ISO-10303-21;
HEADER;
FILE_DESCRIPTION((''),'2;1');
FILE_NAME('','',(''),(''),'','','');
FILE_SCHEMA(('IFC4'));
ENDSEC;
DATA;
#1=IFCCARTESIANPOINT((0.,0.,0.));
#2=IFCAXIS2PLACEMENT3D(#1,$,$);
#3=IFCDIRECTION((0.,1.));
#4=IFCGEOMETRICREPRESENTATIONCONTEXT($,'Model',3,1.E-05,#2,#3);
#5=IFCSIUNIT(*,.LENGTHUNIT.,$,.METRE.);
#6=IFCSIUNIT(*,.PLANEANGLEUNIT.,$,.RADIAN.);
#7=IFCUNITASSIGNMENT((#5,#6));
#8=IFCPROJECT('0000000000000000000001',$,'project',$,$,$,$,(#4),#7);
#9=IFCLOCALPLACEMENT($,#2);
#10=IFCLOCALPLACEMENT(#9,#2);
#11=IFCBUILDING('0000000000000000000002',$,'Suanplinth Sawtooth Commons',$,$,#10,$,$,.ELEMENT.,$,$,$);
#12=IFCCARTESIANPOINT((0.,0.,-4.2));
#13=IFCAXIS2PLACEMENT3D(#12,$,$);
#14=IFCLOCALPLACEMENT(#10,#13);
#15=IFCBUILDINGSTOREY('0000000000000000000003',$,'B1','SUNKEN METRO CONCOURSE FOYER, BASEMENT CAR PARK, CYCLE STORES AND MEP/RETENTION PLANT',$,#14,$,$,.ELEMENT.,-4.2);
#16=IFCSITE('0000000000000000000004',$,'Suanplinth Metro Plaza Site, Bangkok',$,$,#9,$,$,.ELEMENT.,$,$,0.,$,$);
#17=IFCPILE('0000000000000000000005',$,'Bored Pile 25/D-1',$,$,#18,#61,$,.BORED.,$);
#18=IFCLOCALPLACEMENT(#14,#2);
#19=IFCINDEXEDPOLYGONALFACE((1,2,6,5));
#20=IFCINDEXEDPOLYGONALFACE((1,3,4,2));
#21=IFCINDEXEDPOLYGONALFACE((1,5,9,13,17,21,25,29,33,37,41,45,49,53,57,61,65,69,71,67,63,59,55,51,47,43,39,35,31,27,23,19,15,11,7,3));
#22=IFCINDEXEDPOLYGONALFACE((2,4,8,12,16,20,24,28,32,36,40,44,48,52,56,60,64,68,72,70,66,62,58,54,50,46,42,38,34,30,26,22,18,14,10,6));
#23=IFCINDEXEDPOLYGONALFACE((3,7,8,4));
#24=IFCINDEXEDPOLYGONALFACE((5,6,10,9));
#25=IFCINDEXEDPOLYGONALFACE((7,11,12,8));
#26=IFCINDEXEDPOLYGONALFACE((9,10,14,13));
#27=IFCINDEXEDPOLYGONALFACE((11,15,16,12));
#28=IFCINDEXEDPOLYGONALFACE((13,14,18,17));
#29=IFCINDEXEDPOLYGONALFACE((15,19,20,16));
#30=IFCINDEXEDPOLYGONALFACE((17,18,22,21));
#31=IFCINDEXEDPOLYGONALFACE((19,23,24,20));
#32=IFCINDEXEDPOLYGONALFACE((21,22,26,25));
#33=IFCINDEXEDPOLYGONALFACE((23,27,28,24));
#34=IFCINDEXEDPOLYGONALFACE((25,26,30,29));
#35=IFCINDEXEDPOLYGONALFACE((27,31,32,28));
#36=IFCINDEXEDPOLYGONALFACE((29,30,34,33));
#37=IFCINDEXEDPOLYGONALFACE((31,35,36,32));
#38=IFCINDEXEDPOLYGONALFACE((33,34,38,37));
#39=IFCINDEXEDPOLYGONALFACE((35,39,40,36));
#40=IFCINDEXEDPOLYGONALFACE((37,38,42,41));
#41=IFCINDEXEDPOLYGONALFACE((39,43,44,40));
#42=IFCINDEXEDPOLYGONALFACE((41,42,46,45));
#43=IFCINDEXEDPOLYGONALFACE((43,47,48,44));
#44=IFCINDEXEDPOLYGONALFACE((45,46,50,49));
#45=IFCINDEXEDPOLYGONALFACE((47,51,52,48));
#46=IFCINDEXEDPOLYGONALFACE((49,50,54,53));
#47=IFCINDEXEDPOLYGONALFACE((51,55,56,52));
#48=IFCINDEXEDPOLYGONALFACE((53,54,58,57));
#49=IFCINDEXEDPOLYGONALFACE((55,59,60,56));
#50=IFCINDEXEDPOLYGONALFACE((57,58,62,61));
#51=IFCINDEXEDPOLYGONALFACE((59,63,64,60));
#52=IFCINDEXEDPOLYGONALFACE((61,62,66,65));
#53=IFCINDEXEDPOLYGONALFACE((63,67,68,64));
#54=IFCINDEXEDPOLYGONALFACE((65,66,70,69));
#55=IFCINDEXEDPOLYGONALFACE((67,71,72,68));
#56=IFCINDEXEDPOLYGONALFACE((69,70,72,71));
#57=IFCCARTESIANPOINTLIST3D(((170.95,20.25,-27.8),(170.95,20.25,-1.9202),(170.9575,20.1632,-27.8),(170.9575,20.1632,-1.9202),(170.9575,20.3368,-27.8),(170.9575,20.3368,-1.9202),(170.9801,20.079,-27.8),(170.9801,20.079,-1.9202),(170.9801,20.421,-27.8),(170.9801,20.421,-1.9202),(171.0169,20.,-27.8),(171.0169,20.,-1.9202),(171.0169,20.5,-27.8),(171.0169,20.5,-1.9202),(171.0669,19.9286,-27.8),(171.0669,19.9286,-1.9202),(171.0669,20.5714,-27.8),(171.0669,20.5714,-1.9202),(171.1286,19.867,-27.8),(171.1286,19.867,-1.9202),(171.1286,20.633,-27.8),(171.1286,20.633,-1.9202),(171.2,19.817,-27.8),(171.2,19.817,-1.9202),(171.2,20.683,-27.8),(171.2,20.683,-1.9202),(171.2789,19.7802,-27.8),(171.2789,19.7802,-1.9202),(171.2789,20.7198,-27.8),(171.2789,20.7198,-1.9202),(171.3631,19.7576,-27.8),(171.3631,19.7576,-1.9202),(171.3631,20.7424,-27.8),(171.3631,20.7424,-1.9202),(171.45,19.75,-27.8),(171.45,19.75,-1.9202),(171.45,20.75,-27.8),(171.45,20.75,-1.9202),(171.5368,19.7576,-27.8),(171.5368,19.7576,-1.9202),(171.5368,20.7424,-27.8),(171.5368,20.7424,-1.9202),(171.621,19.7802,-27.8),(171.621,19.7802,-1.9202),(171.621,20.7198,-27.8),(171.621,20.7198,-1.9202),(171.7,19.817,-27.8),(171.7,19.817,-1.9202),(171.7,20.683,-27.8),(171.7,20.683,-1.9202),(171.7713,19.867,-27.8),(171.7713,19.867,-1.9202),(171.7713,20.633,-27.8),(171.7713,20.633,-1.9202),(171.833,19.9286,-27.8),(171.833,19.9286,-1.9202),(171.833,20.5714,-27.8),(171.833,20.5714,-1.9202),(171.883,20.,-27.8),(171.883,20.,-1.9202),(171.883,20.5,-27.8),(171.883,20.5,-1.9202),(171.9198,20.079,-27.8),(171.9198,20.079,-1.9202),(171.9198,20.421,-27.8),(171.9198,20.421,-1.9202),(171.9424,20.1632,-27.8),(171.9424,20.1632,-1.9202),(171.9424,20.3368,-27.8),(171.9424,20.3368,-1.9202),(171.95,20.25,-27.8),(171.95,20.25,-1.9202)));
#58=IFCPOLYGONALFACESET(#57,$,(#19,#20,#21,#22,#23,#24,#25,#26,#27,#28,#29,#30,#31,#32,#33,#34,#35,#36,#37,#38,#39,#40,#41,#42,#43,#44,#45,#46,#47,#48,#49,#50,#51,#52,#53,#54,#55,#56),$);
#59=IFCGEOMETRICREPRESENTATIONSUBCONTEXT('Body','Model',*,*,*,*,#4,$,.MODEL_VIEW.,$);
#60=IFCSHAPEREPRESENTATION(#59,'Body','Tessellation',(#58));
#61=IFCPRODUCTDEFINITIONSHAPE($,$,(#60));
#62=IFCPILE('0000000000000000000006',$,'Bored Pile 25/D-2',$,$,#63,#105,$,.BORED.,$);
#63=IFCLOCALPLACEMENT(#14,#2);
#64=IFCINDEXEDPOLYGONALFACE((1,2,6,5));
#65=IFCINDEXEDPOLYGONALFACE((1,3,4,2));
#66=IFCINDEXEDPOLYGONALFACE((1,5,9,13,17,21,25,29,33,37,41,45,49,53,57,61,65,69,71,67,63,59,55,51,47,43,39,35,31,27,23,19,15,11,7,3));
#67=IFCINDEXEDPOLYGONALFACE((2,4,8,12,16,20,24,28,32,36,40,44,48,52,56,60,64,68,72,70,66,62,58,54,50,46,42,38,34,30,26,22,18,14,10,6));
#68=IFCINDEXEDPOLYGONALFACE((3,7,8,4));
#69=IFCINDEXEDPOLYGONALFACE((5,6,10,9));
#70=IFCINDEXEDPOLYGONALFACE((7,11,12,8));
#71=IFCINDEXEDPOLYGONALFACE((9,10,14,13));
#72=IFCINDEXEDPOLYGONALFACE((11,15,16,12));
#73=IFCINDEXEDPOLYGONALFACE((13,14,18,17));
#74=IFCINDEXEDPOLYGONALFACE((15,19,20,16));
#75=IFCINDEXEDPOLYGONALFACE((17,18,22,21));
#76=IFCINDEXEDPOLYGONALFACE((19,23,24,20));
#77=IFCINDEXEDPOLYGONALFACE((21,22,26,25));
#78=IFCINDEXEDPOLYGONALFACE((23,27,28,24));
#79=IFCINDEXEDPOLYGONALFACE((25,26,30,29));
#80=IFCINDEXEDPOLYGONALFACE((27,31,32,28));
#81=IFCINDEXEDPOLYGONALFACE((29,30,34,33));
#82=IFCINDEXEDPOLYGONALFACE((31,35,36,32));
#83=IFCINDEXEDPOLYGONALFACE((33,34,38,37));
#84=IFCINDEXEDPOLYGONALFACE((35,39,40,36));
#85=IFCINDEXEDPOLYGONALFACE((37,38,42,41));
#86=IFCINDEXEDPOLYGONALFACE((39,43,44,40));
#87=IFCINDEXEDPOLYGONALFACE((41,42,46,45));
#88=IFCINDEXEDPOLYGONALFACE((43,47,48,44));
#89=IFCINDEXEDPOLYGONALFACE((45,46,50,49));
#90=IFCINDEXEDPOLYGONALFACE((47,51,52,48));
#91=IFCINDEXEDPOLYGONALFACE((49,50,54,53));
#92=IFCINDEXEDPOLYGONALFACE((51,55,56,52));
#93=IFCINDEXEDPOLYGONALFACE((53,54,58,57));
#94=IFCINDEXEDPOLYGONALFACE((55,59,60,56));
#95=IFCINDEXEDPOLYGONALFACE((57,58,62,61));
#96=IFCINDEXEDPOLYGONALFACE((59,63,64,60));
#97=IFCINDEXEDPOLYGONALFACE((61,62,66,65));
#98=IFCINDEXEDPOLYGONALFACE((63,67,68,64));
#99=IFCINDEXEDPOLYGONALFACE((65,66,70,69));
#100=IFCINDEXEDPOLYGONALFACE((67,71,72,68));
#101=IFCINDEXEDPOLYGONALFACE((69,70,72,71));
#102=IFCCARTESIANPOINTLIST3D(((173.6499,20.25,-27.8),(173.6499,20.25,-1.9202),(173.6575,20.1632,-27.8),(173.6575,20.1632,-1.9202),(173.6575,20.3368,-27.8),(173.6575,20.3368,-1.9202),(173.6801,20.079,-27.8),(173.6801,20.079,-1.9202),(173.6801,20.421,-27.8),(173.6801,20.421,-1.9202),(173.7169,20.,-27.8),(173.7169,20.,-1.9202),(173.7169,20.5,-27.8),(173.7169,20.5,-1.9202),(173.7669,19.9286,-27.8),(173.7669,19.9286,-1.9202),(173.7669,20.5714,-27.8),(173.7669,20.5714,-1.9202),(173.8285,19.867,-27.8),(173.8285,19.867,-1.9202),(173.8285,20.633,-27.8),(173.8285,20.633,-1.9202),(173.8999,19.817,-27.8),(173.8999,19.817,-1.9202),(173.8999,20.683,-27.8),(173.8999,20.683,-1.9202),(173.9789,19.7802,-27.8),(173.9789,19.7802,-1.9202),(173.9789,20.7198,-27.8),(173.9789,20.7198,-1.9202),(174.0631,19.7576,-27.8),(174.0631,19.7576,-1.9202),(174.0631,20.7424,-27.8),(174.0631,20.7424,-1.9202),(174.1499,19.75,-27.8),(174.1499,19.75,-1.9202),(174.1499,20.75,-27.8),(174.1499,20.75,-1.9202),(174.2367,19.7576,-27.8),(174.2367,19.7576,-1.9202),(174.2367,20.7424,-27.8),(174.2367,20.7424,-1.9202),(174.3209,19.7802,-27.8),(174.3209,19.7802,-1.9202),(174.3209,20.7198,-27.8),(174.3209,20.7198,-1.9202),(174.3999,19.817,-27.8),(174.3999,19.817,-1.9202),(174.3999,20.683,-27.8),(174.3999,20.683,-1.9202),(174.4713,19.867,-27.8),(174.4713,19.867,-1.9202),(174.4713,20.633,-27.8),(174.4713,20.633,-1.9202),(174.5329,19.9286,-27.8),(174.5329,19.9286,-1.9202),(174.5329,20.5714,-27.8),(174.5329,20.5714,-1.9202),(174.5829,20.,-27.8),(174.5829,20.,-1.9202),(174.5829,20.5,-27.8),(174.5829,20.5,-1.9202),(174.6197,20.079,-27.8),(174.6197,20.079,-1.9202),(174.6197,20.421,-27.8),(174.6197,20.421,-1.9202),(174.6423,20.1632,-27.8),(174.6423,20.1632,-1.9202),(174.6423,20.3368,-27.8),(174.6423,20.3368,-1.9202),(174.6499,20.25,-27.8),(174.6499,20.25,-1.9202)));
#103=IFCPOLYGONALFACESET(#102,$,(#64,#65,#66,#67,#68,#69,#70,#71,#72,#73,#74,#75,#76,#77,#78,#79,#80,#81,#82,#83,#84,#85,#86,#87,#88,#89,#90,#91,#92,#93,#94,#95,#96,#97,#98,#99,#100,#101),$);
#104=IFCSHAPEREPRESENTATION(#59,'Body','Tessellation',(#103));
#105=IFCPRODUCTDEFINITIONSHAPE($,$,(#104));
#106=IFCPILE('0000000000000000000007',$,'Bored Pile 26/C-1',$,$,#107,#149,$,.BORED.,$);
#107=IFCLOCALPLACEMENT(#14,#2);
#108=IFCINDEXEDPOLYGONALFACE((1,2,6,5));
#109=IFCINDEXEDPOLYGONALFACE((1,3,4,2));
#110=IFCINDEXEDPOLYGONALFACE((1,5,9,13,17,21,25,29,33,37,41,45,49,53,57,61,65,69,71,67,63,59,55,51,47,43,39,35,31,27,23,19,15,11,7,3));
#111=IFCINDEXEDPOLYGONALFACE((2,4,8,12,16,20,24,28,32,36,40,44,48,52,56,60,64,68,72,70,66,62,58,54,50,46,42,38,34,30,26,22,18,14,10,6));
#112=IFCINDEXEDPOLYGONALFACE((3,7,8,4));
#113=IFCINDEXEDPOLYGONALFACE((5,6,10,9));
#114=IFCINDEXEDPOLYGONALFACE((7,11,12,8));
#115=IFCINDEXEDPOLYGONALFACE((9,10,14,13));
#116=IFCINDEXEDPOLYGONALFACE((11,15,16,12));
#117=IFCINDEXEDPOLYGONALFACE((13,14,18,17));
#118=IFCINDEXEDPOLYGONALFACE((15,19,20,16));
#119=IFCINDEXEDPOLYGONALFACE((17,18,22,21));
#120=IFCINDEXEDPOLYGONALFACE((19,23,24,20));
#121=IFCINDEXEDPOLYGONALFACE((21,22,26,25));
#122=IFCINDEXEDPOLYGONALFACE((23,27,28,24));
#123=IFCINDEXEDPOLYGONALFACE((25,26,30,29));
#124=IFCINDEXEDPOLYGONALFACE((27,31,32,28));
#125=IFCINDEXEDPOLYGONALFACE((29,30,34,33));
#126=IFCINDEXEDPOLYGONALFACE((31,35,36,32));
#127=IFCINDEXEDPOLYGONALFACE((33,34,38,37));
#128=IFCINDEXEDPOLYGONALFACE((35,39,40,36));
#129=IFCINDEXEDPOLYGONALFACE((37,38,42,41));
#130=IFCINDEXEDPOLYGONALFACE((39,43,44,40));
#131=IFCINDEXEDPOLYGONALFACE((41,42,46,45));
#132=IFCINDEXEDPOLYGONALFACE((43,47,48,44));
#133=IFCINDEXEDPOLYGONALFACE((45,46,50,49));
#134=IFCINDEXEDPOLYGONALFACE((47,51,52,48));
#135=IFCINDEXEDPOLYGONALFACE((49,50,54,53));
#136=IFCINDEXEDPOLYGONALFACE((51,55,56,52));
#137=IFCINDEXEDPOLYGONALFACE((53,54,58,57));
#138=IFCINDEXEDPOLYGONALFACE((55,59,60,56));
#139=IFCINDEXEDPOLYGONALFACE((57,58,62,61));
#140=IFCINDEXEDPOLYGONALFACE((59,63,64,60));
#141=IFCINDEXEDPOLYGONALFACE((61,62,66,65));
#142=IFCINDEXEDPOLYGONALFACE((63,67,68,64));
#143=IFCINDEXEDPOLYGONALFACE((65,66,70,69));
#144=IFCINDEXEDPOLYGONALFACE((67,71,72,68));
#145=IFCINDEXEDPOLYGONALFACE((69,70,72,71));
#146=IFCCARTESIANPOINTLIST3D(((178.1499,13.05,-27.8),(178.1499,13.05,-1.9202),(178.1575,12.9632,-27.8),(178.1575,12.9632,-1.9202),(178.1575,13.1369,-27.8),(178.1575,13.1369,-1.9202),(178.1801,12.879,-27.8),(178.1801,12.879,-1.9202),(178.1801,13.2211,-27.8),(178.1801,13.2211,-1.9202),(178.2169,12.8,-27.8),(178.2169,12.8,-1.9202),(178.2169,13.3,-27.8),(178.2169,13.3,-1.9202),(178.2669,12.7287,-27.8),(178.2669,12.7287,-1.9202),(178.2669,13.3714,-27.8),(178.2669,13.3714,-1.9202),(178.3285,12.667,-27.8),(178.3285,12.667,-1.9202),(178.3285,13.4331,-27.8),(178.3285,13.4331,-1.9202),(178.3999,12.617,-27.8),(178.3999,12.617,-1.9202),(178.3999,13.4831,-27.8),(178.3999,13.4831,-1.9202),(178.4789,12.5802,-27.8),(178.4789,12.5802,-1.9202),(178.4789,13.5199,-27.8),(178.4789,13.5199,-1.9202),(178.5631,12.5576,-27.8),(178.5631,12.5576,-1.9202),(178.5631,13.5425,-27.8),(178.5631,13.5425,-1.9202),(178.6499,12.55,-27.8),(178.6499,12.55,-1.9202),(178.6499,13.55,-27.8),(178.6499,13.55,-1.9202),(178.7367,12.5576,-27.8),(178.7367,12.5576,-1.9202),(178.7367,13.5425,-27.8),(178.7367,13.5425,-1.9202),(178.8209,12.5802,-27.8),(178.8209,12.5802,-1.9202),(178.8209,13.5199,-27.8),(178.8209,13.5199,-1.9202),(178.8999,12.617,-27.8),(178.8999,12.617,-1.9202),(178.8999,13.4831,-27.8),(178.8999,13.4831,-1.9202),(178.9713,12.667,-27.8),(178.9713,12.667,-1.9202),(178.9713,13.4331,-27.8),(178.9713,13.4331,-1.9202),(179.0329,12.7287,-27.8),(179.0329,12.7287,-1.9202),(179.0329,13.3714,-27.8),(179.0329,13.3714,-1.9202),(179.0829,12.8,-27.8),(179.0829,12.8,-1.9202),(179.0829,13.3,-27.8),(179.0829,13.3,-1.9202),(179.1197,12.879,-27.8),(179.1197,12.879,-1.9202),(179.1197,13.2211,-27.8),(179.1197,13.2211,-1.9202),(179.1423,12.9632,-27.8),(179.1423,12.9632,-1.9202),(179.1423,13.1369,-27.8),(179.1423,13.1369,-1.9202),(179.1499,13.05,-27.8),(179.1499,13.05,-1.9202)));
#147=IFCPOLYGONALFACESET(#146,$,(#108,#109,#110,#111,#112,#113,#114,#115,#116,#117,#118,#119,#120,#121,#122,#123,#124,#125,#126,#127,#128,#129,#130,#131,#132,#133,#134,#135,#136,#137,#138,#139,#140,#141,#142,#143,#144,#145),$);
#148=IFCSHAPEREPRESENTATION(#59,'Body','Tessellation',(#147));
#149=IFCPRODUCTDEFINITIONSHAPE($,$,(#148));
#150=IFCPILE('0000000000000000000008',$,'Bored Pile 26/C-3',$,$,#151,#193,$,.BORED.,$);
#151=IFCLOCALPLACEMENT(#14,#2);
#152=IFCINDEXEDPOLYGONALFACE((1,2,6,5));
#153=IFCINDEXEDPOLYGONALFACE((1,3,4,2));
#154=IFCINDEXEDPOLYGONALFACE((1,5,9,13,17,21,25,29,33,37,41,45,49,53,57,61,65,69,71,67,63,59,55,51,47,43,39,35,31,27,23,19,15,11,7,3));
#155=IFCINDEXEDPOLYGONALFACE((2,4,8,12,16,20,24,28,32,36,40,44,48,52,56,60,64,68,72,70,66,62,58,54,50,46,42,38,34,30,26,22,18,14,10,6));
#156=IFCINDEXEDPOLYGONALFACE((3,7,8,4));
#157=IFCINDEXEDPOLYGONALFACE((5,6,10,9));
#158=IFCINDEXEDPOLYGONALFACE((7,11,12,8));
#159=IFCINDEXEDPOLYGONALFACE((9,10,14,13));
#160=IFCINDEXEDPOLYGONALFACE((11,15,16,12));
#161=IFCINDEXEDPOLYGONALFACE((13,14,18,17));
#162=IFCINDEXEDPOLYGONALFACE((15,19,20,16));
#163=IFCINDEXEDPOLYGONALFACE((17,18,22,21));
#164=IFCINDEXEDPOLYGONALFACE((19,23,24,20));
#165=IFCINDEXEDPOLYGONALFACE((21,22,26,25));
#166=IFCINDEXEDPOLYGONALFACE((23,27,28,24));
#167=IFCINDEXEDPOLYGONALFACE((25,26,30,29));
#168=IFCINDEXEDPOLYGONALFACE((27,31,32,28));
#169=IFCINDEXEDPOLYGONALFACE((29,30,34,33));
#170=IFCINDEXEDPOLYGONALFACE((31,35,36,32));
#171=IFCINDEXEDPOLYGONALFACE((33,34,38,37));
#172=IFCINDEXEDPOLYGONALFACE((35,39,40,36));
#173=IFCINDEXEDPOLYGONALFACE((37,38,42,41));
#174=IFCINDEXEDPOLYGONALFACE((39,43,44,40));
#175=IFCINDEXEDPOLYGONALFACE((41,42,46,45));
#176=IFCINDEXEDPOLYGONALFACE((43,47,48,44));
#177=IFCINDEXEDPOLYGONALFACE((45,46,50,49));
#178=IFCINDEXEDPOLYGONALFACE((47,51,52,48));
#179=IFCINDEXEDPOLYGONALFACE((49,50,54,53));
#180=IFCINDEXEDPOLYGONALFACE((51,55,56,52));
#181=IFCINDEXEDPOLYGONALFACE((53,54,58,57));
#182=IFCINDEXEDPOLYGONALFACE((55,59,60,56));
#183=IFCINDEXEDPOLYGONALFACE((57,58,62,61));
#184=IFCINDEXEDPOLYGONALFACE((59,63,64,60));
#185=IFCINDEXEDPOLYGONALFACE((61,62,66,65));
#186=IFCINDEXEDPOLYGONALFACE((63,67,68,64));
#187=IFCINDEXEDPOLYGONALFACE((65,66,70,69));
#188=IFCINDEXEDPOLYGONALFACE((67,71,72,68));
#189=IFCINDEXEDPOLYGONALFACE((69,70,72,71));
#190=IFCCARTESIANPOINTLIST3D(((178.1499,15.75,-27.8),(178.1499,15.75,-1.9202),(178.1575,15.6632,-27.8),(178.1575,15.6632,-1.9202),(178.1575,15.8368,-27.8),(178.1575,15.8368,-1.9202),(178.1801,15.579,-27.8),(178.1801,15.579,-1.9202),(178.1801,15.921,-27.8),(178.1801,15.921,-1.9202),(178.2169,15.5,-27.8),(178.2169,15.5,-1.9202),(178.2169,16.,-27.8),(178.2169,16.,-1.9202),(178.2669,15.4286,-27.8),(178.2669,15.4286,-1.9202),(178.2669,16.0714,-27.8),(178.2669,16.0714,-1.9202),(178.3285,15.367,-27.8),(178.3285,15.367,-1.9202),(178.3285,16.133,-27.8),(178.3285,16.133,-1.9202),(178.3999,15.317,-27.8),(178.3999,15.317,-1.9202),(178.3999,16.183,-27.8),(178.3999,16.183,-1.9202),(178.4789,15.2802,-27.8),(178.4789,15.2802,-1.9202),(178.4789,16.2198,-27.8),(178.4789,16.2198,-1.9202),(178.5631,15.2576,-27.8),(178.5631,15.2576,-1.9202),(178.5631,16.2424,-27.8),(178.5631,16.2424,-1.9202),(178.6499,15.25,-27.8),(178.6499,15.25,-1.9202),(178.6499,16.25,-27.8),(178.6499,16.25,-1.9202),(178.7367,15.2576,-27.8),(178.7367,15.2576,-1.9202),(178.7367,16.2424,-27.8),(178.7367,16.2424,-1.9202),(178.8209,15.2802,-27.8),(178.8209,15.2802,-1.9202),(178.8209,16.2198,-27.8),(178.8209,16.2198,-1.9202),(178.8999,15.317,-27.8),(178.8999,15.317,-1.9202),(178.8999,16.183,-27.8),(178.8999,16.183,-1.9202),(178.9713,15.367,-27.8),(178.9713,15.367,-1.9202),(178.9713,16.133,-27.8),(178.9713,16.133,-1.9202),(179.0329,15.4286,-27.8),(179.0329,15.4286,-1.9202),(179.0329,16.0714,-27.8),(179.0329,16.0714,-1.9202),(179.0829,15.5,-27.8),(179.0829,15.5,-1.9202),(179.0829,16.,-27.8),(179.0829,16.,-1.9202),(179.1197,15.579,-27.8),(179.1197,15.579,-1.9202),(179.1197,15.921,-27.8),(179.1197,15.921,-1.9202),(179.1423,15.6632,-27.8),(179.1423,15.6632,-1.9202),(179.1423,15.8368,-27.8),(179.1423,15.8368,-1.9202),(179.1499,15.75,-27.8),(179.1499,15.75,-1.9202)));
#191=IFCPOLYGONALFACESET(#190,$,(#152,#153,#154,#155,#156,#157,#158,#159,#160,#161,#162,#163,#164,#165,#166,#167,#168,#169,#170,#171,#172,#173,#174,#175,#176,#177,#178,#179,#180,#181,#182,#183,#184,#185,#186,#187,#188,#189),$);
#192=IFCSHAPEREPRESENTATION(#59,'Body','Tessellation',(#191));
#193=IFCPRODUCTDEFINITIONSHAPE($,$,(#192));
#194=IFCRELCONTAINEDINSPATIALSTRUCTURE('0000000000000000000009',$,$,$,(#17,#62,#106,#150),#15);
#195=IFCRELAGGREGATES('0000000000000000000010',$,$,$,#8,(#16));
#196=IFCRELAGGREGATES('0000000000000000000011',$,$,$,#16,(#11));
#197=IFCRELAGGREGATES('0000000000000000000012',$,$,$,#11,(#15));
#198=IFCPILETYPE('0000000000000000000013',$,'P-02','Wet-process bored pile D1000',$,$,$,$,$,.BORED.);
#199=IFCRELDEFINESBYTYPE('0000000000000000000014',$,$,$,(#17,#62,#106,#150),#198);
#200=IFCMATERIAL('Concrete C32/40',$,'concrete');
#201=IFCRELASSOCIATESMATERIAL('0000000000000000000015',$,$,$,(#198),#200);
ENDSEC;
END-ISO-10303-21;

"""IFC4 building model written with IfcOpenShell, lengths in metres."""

from ifc_helpers import new_model, si_unit, direction, frame, origin, origin_2d, place, context, subcontext, project, spatial, circle, extrude, material, material_profile, profile_set, type_object, element, save


model = new_model("IFC4")

# Units and contexts
model_context = context("Model", 3, precision=1e-05, world=origin(), true_north=direction((0.0, 1.0)))
body_context = subcontext(model_context, "Body", "Model", "MODEL_VIEW")
ifc_project = project(units=[si_unit("LENGTHUNIT", "METRE"), si_unit("PLANEANGLEUNIT", "RADIAN")], contexts=[model_context])

# Site, building, storey
site_placement = place(None, origin())
site = spatial("IfcSite", under=ifc_project, at=site_placement, Name="Suanplinth Metro Plaza Site, Bangkok", CompositionType="ELEMENT", RefElevation=0.0)
building_placement = place(site_placement, origin())
building = spatial("IfcBuilding", under=site, at=building_placement, Name="Suanplinth Sawtooth Commons", CompositionType="ELEMENT")
storey_placement = place(building_placement, frame((0.0, 0.0, -4.2)))
storey = spatial("IfcBuildingStorey", under=building, at=storey_placement, Name="B1", Description="SUNKEN METRO CONCOURSE FOYER, BASEMENT CAR PARK, CYCLE STORES AND MEP/RETENTION PLANT", CompositionType="ELEMENT", Elevation=-4.2)

# Piles
ifc_material_1 = material(Name="Concrete C32/40", Category="concrete")
ifc_material_profile_1 = material_profile(ifc_material_1, circle(Radius=0.5, at=origin_2d()), Name="PILE D1000")
ifc_profile_set_1 = profile_set([ifc_material_profile_1], Name="Concrete C32/40")
pile_type = type_object("IfcPileType", Name="P-02", Description="Wet-process bored pile D1000", PredefinedType="BORED", material=ifc_profile_set_1)
for number, where, z_axis, x_axis, name in (
    (1, (171.45, 20.25, -1.9202), (0.0, 0.0, -1.0), (1.0, 0.0, 0.0), "Bored Pile 25/D-1"),
    (2, (174.1499, 20.25, -1.9202), (0.0, 0.0, -1.0), (1.0, 0.0, 0.0), "Bored Pile 25/D-2"),
    (3, (178.6499, 13.05, -1.9202), (0.0, 0.0, -1.0), (1.0, 0.0, 0.0), "Bored Pile 26/C-1"),
    (4, (178.6499, 15.75, -1.9202), (0.0, 0.0, -1.0), (1.0, 0.0, 0.0), "Bored Pile 26/C-3"),
):
    element("IfcPile", number, at=place(storey_placement, frame(where, z_axis=z_axis, x_axis=x_axis)), inside=storey, type_object=pile_type, Name=name, PredefinedType="BORED", context=body_context, shape_type="SweptSolid", body=[
        extrude(circle(Radius=0.5, at=origin_2d()), origin(), (0.0, 0.0, 1.0), 25.8799),
    ])

save(model, "model.ifc")
